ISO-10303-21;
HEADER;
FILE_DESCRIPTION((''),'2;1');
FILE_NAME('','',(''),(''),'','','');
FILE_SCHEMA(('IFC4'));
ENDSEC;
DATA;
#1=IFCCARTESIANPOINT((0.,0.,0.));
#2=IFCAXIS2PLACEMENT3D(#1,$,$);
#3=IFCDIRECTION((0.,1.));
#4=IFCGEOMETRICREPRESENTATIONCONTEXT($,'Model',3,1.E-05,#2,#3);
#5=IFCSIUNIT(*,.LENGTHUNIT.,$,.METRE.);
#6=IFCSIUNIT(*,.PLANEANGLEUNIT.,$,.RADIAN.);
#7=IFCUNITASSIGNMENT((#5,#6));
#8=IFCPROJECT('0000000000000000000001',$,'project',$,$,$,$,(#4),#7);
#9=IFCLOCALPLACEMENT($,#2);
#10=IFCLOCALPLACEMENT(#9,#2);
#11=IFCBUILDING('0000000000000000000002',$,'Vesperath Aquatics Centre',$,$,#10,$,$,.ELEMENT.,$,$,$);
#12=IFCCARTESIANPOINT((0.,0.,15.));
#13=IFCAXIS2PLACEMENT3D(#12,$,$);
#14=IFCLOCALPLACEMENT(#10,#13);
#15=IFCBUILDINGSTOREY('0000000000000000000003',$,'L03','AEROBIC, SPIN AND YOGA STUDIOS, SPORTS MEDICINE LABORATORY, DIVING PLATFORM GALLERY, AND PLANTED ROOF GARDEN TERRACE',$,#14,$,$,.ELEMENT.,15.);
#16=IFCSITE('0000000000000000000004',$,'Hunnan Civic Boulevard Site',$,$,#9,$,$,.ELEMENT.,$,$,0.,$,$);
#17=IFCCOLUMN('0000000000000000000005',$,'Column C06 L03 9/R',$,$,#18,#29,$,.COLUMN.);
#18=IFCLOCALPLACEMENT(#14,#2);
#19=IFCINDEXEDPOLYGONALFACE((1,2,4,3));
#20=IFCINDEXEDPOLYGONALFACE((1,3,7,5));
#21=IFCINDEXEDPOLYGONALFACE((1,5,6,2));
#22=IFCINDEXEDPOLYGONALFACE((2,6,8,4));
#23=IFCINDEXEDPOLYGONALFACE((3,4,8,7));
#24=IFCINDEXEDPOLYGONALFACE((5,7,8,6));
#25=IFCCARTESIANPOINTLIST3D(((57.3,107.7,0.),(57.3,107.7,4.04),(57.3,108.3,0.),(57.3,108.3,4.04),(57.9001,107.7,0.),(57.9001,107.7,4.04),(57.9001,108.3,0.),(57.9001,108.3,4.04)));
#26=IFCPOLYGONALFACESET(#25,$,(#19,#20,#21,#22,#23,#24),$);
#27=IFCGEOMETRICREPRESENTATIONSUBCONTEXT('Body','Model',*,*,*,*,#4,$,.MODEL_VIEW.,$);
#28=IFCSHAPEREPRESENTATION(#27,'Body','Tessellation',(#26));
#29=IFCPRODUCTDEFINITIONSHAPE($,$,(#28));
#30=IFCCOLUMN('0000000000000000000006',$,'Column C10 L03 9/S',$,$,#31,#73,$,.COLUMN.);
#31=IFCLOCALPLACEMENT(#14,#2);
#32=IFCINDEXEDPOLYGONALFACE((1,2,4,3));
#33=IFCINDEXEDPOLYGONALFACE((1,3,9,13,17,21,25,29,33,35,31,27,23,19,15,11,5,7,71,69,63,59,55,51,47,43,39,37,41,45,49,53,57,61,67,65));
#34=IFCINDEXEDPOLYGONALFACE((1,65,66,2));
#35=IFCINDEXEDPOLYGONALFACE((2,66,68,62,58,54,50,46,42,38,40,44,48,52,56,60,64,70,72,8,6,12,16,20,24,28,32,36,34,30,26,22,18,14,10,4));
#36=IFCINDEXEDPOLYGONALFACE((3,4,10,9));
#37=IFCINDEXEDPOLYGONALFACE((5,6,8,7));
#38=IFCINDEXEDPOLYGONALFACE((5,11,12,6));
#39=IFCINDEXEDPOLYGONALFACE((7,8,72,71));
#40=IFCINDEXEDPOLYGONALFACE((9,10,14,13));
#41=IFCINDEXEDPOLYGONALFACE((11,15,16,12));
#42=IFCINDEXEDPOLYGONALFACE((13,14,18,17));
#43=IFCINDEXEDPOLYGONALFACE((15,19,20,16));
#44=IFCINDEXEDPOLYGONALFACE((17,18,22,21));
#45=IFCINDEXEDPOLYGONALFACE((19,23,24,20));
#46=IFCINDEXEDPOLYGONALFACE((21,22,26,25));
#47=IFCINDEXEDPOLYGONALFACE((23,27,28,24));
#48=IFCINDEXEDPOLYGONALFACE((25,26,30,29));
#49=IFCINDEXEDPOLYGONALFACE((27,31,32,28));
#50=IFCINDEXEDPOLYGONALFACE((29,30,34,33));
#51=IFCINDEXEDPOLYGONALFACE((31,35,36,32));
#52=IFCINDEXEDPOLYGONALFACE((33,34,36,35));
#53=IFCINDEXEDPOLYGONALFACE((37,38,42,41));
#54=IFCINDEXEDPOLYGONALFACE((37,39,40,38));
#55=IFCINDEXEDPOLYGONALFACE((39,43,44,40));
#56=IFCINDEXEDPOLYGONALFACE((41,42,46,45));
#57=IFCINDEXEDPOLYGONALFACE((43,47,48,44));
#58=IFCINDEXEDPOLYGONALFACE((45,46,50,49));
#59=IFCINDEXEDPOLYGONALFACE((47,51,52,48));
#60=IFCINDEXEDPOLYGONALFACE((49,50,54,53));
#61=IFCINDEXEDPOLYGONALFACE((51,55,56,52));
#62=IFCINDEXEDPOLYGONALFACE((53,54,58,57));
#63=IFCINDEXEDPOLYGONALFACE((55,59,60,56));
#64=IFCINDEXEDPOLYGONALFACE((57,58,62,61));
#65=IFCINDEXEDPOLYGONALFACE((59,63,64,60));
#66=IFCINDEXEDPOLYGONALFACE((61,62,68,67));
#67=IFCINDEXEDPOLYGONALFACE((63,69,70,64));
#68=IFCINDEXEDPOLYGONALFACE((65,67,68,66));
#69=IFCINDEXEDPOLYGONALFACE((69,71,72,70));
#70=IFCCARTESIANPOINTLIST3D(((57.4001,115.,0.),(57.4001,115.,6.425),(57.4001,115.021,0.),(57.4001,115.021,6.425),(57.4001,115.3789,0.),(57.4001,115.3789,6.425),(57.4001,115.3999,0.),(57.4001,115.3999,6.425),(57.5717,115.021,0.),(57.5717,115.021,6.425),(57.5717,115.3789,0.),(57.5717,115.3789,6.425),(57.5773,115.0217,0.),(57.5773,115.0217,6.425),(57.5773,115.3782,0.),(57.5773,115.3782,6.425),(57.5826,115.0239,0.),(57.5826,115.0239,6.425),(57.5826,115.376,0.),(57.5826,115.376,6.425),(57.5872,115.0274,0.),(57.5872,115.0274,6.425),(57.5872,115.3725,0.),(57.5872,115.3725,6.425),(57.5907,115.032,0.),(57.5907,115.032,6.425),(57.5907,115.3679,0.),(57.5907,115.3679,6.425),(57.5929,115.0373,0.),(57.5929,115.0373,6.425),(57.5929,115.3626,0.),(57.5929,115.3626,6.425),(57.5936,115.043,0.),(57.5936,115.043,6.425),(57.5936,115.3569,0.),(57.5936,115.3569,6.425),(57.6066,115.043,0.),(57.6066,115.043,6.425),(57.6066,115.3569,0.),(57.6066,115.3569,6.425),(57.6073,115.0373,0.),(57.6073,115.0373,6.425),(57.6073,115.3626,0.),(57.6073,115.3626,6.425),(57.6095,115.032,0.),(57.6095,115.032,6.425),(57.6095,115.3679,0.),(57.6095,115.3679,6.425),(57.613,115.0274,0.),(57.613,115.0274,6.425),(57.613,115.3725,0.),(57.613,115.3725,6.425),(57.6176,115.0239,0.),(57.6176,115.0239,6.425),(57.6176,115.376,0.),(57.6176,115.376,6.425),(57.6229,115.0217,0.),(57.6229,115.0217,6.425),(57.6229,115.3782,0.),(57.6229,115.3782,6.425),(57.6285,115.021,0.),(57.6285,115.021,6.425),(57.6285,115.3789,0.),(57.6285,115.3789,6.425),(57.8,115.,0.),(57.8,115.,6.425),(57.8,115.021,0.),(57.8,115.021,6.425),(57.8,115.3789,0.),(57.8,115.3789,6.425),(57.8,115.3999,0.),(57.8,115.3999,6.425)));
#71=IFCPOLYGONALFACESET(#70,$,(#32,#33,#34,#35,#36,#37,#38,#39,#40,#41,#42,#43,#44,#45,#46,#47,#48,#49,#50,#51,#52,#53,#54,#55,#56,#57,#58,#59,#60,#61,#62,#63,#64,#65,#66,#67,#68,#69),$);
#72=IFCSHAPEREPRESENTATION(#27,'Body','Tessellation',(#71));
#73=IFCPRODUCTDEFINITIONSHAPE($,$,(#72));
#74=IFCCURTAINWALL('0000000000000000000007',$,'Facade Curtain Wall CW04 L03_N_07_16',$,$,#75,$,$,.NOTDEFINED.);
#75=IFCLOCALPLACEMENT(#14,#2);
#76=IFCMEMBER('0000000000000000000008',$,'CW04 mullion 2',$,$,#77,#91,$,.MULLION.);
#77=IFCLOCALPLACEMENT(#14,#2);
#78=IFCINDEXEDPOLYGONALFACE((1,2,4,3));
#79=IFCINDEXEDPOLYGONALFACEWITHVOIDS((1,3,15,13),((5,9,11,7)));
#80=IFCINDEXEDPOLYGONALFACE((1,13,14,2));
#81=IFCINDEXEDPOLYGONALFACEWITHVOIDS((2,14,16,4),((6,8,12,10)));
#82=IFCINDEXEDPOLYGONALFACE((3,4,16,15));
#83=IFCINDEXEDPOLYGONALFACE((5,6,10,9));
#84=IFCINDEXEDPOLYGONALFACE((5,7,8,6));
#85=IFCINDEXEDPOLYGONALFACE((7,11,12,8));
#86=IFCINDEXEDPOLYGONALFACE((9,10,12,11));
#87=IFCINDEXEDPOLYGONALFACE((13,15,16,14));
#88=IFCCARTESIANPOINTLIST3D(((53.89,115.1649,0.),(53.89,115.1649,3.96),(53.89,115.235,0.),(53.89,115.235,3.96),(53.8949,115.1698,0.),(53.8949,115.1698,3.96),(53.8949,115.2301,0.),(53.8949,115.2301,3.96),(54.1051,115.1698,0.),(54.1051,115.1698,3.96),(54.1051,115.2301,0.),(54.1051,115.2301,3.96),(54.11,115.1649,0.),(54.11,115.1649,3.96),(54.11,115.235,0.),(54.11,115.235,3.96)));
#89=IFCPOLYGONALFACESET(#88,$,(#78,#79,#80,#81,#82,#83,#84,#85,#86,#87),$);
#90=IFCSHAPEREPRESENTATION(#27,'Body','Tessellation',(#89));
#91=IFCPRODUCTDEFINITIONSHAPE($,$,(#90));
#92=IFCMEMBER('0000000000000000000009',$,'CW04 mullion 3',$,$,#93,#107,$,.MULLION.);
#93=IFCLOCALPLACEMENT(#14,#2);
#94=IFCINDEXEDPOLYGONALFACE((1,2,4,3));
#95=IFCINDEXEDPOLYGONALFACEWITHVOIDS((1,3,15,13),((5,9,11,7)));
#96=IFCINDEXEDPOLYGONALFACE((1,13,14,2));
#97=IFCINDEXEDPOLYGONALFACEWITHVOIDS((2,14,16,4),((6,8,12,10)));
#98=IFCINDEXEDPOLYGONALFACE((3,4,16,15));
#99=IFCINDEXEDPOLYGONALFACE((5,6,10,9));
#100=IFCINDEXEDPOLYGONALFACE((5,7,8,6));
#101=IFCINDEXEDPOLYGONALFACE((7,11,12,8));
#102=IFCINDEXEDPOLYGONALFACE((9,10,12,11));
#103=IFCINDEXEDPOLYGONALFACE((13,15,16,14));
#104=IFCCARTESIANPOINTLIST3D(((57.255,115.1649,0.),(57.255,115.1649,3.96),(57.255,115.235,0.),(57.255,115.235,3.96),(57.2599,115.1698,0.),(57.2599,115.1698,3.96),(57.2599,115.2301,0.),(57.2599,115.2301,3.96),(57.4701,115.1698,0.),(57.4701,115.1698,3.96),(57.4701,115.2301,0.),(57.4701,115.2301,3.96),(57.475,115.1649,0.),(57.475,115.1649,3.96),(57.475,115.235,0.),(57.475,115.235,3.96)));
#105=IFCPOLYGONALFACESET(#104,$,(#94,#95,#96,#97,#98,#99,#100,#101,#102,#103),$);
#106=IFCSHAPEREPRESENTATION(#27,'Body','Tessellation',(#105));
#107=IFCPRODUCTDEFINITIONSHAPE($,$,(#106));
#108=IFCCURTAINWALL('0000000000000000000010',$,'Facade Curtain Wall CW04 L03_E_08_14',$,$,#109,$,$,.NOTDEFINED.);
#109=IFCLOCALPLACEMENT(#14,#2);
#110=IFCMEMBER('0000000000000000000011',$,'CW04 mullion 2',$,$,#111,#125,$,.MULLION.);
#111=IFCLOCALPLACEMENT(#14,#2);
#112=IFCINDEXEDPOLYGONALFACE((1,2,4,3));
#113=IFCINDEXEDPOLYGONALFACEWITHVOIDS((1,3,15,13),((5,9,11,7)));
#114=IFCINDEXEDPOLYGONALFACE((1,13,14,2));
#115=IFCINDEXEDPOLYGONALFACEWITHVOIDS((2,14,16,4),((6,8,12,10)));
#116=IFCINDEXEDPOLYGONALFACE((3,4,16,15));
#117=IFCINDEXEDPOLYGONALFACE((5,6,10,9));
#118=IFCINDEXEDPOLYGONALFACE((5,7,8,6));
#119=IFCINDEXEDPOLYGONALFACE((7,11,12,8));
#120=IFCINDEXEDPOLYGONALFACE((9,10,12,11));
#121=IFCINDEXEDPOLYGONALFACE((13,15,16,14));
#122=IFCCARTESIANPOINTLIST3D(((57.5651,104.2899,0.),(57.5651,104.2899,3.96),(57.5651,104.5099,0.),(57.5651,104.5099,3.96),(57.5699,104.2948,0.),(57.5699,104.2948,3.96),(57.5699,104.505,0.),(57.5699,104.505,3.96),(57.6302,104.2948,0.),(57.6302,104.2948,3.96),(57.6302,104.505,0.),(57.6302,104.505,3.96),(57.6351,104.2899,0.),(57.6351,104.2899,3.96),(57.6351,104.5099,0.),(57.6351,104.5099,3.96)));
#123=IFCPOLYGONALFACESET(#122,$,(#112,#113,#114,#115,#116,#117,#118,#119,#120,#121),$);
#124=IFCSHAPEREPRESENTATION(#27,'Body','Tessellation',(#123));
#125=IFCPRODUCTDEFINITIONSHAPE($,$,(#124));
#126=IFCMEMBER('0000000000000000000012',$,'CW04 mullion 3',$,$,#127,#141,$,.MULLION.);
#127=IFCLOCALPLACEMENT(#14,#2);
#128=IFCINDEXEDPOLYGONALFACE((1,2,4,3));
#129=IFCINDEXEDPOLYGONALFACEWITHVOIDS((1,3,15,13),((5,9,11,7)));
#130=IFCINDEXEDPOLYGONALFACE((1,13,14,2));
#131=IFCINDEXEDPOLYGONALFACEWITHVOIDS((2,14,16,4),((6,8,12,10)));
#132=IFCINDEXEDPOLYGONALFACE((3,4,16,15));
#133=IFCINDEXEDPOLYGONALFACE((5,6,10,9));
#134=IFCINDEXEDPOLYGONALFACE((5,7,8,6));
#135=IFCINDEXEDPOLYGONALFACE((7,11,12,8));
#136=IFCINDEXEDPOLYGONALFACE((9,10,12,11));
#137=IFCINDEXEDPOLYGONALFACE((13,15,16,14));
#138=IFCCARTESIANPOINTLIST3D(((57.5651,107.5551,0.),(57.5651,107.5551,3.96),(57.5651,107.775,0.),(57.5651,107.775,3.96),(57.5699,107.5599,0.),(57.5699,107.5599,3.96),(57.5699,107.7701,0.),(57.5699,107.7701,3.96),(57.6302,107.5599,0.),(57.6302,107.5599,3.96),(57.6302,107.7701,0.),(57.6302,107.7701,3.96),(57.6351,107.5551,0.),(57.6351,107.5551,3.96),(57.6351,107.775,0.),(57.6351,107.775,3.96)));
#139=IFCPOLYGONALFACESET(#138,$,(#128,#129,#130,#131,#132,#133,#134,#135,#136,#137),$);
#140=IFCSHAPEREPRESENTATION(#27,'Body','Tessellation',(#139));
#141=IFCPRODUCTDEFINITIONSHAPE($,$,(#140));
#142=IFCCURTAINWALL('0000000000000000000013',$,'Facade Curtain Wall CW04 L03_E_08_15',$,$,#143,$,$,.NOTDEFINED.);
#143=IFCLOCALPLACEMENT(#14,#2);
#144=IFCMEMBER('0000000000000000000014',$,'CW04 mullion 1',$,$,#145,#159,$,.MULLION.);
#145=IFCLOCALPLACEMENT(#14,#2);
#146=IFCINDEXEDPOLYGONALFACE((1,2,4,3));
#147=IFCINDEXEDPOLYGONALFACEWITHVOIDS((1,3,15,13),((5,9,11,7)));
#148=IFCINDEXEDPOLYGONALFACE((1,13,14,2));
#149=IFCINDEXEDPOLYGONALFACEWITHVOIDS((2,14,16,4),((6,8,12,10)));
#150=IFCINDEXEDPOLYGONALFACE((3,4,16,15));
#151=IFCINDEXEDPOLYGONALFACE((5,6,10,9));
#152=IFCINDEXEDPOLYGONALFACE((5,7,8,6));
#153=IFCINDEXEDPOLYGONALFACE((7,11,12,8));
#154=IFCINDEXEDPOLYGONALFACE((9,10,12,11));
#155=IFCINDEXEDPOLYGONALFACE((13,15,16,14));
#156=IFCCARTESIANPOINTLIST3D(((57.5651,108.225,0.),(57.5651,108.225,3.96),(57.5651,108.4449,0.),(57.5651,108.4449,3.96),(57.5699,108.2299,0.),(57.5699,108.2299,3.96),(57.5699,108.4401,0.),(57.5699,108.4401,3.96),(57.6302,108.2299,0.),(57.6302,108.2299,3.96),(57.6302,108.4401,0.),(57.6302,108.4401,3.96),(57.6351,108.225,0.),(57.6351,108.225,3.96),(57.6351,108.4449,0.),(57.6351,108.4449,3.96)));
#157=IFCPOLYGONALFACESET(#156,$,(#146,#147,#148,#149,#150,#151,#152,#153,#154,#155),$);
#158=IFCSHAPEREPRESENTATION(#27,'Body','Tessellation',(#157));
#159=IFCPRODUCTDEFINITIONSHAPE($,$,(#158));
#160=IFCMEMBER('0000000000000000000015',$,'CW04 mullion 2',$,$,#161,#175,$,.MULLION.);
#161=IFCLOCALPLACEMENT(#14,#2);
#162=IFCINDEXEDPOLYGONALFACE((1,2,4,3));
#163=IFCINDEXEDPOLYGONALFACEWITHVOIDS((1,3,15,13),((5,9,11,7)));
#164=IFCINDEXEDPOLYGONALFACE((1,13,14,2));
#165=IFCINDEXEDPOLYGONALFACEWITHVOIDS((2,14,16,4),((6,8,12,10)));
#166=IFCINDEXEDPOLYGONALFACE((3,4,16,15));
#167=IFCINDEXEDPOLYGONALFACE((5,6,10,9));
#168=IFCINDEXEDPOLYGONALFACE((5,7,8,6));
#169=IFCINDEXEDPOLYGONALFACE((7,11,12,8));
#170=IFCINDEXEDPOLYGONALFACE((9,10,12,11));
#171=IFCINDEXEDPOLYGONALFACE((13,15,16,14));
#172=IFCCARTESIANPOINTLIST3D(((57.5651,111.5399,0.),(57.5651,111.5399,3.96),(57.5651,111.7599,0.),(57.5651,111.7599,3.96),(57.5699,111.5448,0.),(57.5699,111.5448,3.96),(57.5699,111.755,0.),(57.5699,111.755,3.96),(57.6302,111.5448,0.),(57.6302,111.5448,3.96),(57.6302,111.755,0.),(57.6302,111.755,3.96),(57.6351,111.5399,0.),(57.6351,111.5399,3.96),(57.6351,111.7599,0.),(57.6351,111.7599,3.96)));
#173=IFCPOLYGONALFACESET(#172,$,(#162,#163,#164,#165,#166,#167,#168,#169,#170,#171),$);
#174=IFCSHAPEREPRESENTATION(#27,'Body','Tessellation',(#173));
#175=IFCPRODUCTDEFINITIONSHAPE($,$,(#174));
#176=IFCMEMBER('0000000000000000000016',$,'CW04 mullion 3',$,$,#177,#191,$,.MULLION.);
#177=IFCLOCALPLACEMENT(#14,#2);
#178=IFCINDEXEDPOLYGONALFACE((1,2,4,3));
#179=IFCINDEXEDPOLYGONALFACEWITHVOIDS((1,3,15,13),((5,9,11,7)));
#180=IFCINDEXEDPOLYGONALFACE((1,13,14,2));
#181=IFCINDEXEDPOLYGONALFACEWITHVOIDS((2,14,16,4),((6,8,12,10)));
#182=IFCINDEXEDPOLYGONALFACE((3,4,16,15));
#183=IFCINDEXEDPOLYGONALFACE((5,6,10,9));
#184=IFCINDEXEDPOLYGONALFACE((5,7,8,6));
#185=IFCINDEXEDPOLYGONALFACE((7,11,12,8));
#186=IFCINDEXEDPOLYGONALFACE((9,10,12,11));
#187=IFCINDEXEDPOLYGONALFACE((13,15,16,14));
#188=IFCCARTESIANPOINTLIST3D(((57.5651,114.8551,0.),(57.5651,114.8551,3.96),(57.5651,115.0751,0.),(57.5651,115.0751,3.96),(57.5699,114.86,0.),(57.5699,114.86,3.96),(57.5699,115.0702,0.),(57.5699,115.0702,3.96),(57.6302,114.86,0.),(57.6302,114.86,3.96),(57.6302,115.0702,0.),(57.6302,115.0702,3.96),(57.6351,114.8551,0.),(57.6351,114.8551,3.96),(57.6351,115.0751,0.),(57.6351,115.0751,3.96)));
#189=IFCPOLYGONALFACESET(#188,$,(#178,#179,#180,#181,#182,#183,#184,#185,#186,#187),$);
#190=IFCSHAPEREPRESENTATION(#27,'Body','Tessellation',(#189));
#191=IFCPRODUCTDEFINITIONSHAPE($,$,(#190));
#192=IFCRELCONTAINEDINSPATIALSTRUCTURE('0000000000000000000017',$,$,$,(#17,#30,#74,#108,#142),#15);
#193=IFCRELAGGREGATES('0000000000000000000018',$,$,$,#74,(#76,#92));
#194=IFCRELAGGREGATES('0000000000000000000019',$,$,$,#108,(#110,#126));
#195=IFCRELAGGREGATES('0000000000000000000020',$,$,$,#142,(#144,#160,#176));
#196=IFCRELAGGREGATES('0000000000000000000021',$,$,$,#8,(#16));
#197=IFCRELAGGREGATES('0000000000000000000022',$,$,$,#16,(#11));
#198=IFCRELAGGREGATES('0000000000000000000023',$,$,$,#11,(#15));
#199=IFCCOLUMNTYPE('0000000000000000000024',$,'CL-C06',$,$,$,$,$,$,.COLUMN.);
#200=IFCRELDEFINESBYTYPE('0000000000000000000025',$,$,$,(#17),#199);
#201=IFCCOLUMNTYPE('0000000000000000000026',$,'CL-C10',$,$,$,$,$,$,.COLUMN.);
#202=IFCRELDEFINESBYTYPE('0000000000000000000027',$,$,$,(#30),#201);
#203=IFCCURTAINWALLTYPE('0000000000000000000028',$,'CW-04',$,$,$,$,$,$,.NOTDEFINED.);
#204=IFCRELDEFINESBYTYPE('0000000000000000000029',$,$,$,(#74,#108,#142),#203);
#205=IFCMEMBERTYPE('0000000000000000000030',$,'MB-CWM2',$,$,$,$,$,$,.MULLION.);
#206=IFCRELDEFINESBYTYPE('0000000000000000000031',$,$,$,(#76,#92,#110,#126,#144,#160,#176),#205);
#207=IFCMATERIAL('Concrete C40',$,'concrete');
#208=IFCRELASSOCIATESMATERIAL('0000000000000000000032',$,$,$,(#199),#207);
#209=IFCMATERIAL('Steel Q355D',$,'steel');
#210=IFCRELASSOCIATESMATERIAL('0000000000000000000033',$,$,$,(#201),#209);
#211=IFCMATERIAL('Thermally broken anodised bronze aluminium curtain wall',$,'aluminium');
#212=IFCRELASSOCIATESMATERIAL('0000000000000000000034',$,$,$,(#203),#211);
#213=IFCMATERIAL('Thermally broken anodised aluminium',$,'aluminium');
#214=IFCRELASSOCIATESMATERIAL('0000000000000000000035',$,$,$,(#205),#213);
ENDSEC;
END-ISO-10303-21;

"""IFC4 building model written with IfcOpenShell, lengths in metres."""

from ifc_helpers import new_model, si_unit, direction, frame, origin, origin_2d, place, context, subcontext, project, spatial, rectangle, hollow_rectangle, i_section, extrude, material, material_profile, profile_set, type_object, element, aggregate, save


model = new_model("IFC4")

# Units and contexts
model_context = context("Model", 3, precision=1e-05, world=origin(), true_north=direction((0.0, 1.0)))
body_context = subcontext(model_context, "Body", "Model", "MODEL_VIEW")
ifc_project = project(units=[si_unit("LENGTHUNIT", "METRE"), si_unit("PLANEANGLEUNIT", "RADIAN")], contexts=[model_context])

# Site, building, storey
site_placement = place(None, origin())
site = spatial("IfcSite", under=ifc_project, at=site_placement, Name="Hunnan Civic Boulevard Site", CompositionType="ELEMENT", RefElevation=0.0)
building_placement = place(site_placement, origin())
building = spatial("IfcBuilding", under=site, at=building_placement, Name="Vesperath Aquatics Centre", CompositionType="ELEMENT")
storey_placement = place(building_placement, frame((0.0, 0.0, 15.0)))
storey = spatial("IfcBuildingStorey", under=building, at=storey_placement, Name="L03", Description="AEROBIC, SPIN AND YOGA STUDIOS, SPORTS MEDICINE LABORATORY, DIVING PLATFORM GALLERY, AND PLANTED ROOF GARDEN TERRACE", CompositionType="ELEMENT", Elevation=15.0)

# Columns
ifc_material_1 = material(Name="Concrete C40", Category="concrete")
ifc_material_profile_1 = material_profile(ifc_material_1, rectangle(XDim=0.6001, YDim=0.6001, at=origin_2d()), Name="RC 600x600")
ifc_profile_set_1 = profile_set([ifc_material_profile_1], Name="Concrete C40")
column_type_1 = type_object("IfcColumnType", Name="CL-C06", PredefinedType="COLUMN", material=ifc_profile_set_1)
column_1_placement = place(storey_placement, frame((57.6001, 108.0, 0.0), z_axis=(0.0, 0.0, 1.0), x_axis=(1.0, 0.0, 0.0)))
element("IfcColumn", 1, at=column_1_placement, inside=storey, type_object=column_type_1, Name="Column C06 L03 9/R", PredefinedType="COLUMN", context=body_context, shape_type="SweptSolid", body=[
    extrude(rectangle(XDim=0.6001, YDim=0.6001, at=origin_2d()), origin(), (0.0, 0.0, 1.0), 4.04),
])
ifc_material_2 = material(Name="Steel Q355D", Category="steel")
ifc_material_profile_2 = material_profile(ifc_material_2, i_section(OverallWidth=0.3999, OverallDepth=0.3999, WebThickness=0.0129, FlangeThickness=0.021, FilletRadius=0.022, at=origin_2d()), Name="HW 400x400x13x21")
ifc_profile_set_2 = profile_set([ifc_material_profile_2], Name="Steel Q355D")
column_type_2 = type_object("IfcColumnType", Name="CL-C10", PredefinedType="COLUMN", material=ifc_profile_set_2)
column_2_placement = place(storey_placement, frame((57.6001, 115.2, 0.0), z_axis=(0.0, 0.0, 1.0), x_axis=(1.0, 0.0, 0.0)))
element("IfcColumn", 2, at=column_2_placement, inside=storey, type_object=column_type_2, Name="Column C10 L03 9/S", PredefinedType="COLUMN", context=body_context, shape_type="SweptSolid", body=[
    extrude(i_section(OverallWidth=0.3999, OverallDepth=0.3999, WebThickness=0.0129, FlangeThickness=0.021, FilletRadius=0.022, at=origin_2d()), origin(), (0.0, 0.0, 1.0), 6.425),
])

# Curtain walls, members
ifc_material_3 = material(Name="Thermally broken anodised bronze aluminium curtain wall", Category="aluminium")
curtain_wall_type = type_object("IfcCurtainWallType", Name="CW-04", PredefinedType="NOTDEFINED", material=ifc_material_3)
curtain_wall_1_placement = place(storey_placement, origin())
curtain_wall_1 = element("IfcCurtainWall", 3, at=curtain_wall_1_placement, inside=storey, type_object=curtain_wall_type, Name="Facade Curtain Wall CW04 L03_N_07_16", PredefinedType="NOTDEFINED")
ifc_material_4 = material(Name="Thermally broken anodised aluminium", Category="aluminium")
ifc_material_profile_3 = material_profile(ifc_material_4, hollow_rectangle(XDim=0.0701, YDim=0.22, WallThickness=0.0049, at=origin_2d()), Name="CWM 70x220x5")
ifc_profile_set_3 = profile_set([ifc_material_profile_3], Name="Thermally broken anodised aluminium")
member_type_1 = type_object("IfcMemberType", Name="MB-CWM2", PredefinedType="MULLION", material=ifc_profile_set_3)
member_1_placement = place(storey_placement, frame((54.0, 115.2, 0.0), z_axis=(0.0, 0.0, 1.0), x_axis=(0.0, 1.0, 0.0)))
member_1 = element("IfcMember", 4, at=member_1_placement, type_object=member_type_1, Name="CW04 mullion 2", PredefinedType="MULLION", context=body_context, shape_type="SweptSolid", body=[
    extrude(hollow_rectangle(XDim=0.0701, YDim=0.22, WallThickness=0.0049, at=origin_2d()), origin(), (0.0, 0.0, 1.0), 3.96),
])
member_2_placement = place(storey_placement, frame((57.365, 115.2, 0.0), z_axis=(0.0, 0.0, 1.0), x_axis=(0.0, 1.0, 0.0)))
member_2 = element("IfcMember", 5, at=member_2_placement, type_object=member_type_1, Name="CW04 mullion 3", PredefinedType="MULLION", context=body_context, shape_type="SweptSolid", body=[
    extrude(hollow_rectangle(XDim=0.0701, YDim=0.22, WallThickness=0.0049, at=origin_2d()), origin(), (0.0, 0.0, 1.0), 3.96),
])
curtain_wall_2_placement = place(storey_placement, origin())
curtain_wall_2 = element("IfcCurtainWall", 6, at=curtain_wall_2_placement, inside=storey, type_object=curtain_wall_type, Name="Facade Curtain Wall CW04 L03_E_08_14", PredefinedType="NOTDEFINED")
member_3_placement = place(storey_placement, frame((57.6001, 104.3999, 0.0), z_axis=(0.0, 0.0, 1.0), x_axis=(-1.0, 0.0, 0.0)))
member_3 = element("IfcMember", 7, at=member_3_placement, type_object=member_type_1, Name="CW04 mullion 2", PredefinedType="MULLION", context=body_context, shape_type="SweptSolid", body=[
    extrude(hollow_rectangle(XDim=0.0701, YDim=0.22, WallThickness=0.0049, at=origin_2d()), origin(), (0.0, 0.0, 1.0), 3.96),
])
member_4_placement = place(storey_placement, frame((57.6001, 107.665, 0.0), z_axis=(0.0, 0.0, 1.0), x_axis=(-1.0, 0.0, 0.0)))
member_4 = element("IfcMember", 8, at=member_4_placement, type_object=member_type_1, Name="CW04 mullion 3", PredefinedType="MULLION", context=body_context, shape_type="SweptSolid", body=[
    extrude(hollow_rectangle(XDim=0.0701, YDim=0.22, WallThickness=0.0049, at=origin_2d()), origin(), (0.0, 0.0, 1.0), 3.96),
])
curtain_wall_3_placement = place(storey_placement, origin())
curtain_wall_3 = element("IfcCurtainWall", 9, at=curtain_wall_3_placement, inside=storey, type_object=curtain_wall_type, Name="Facade Curtain Wall CW04 L03_E_08_15", PredefinedType="NOTDEFINED")
member_5_placement = place(storey_placement, frame((57.6001, 108.335, 0.0), z_axis=(0.0, 0.0, 1.0), x_axis=(-1.0, 0.0, 0.0)))
member_5 = element("IfcMember", 10, at=member_5_placement, type_object=member_type_1, Name="CW04 mullion 1", PredefinedType="MULLION", context=body_context, shape_type="SweptSolid", body=[
    extrude(hollow_rectangle(XDim=0.0701, YDim=0.22, WallThickness=0.0049, at=origin_2d()), origin(), (0.0, 0.0, 1.0), 3.96),
])
member_6_placement = place(storey_placement, frame((57.6001, 111.6499, 0.0), z_axis=(0.0, 0.0, 1.0), x_axis=(-1.0, 0.0, 0.0)))
member_6 = element("IfcMember", 11, at=member_6_placement, type_object=member_type_1, Name="CW04 mullion 2", PredefinedType="MULLION", context=body_context, shape_type="SweptSolid", body=[
    extrude(hollow_rectangle(XDim=0.0701, YDim=0.22, WallThickness=0.0049, at=origin_2d()), origin(), (0.0, 0.0, 1.0), 3.96),
])
member_7_placement = place(storey_placement, frame((57.6001, 114.9651, 0.0), z_axis=(0.0, 0.0, 1.0), x_axis=(-1.0, 0.0, 0.0)))
member_7 = element("IfcMember", 12, at=member_7_placement, type_object=member_type_1, Name="CW04 mullion 3", PredefinedType="MULLION", context=body_context, shape_type="SweptSolid", body=[
    extrude(hollow_rectangle(XDim=0.0701, YDim=0.22, WallThickness=0.0049, at=origin_2d()), origin(), (0.0, 0.0, 1.0), 3.96),
])

aggregate(curtain_wall_1, [member_1, member_2])
aggregate(curtain_wall_2, [member_3, member_4])
aggregate(curtain_wall_3, [member_5, member_6, member_7])

save(model, "model.ifc")
